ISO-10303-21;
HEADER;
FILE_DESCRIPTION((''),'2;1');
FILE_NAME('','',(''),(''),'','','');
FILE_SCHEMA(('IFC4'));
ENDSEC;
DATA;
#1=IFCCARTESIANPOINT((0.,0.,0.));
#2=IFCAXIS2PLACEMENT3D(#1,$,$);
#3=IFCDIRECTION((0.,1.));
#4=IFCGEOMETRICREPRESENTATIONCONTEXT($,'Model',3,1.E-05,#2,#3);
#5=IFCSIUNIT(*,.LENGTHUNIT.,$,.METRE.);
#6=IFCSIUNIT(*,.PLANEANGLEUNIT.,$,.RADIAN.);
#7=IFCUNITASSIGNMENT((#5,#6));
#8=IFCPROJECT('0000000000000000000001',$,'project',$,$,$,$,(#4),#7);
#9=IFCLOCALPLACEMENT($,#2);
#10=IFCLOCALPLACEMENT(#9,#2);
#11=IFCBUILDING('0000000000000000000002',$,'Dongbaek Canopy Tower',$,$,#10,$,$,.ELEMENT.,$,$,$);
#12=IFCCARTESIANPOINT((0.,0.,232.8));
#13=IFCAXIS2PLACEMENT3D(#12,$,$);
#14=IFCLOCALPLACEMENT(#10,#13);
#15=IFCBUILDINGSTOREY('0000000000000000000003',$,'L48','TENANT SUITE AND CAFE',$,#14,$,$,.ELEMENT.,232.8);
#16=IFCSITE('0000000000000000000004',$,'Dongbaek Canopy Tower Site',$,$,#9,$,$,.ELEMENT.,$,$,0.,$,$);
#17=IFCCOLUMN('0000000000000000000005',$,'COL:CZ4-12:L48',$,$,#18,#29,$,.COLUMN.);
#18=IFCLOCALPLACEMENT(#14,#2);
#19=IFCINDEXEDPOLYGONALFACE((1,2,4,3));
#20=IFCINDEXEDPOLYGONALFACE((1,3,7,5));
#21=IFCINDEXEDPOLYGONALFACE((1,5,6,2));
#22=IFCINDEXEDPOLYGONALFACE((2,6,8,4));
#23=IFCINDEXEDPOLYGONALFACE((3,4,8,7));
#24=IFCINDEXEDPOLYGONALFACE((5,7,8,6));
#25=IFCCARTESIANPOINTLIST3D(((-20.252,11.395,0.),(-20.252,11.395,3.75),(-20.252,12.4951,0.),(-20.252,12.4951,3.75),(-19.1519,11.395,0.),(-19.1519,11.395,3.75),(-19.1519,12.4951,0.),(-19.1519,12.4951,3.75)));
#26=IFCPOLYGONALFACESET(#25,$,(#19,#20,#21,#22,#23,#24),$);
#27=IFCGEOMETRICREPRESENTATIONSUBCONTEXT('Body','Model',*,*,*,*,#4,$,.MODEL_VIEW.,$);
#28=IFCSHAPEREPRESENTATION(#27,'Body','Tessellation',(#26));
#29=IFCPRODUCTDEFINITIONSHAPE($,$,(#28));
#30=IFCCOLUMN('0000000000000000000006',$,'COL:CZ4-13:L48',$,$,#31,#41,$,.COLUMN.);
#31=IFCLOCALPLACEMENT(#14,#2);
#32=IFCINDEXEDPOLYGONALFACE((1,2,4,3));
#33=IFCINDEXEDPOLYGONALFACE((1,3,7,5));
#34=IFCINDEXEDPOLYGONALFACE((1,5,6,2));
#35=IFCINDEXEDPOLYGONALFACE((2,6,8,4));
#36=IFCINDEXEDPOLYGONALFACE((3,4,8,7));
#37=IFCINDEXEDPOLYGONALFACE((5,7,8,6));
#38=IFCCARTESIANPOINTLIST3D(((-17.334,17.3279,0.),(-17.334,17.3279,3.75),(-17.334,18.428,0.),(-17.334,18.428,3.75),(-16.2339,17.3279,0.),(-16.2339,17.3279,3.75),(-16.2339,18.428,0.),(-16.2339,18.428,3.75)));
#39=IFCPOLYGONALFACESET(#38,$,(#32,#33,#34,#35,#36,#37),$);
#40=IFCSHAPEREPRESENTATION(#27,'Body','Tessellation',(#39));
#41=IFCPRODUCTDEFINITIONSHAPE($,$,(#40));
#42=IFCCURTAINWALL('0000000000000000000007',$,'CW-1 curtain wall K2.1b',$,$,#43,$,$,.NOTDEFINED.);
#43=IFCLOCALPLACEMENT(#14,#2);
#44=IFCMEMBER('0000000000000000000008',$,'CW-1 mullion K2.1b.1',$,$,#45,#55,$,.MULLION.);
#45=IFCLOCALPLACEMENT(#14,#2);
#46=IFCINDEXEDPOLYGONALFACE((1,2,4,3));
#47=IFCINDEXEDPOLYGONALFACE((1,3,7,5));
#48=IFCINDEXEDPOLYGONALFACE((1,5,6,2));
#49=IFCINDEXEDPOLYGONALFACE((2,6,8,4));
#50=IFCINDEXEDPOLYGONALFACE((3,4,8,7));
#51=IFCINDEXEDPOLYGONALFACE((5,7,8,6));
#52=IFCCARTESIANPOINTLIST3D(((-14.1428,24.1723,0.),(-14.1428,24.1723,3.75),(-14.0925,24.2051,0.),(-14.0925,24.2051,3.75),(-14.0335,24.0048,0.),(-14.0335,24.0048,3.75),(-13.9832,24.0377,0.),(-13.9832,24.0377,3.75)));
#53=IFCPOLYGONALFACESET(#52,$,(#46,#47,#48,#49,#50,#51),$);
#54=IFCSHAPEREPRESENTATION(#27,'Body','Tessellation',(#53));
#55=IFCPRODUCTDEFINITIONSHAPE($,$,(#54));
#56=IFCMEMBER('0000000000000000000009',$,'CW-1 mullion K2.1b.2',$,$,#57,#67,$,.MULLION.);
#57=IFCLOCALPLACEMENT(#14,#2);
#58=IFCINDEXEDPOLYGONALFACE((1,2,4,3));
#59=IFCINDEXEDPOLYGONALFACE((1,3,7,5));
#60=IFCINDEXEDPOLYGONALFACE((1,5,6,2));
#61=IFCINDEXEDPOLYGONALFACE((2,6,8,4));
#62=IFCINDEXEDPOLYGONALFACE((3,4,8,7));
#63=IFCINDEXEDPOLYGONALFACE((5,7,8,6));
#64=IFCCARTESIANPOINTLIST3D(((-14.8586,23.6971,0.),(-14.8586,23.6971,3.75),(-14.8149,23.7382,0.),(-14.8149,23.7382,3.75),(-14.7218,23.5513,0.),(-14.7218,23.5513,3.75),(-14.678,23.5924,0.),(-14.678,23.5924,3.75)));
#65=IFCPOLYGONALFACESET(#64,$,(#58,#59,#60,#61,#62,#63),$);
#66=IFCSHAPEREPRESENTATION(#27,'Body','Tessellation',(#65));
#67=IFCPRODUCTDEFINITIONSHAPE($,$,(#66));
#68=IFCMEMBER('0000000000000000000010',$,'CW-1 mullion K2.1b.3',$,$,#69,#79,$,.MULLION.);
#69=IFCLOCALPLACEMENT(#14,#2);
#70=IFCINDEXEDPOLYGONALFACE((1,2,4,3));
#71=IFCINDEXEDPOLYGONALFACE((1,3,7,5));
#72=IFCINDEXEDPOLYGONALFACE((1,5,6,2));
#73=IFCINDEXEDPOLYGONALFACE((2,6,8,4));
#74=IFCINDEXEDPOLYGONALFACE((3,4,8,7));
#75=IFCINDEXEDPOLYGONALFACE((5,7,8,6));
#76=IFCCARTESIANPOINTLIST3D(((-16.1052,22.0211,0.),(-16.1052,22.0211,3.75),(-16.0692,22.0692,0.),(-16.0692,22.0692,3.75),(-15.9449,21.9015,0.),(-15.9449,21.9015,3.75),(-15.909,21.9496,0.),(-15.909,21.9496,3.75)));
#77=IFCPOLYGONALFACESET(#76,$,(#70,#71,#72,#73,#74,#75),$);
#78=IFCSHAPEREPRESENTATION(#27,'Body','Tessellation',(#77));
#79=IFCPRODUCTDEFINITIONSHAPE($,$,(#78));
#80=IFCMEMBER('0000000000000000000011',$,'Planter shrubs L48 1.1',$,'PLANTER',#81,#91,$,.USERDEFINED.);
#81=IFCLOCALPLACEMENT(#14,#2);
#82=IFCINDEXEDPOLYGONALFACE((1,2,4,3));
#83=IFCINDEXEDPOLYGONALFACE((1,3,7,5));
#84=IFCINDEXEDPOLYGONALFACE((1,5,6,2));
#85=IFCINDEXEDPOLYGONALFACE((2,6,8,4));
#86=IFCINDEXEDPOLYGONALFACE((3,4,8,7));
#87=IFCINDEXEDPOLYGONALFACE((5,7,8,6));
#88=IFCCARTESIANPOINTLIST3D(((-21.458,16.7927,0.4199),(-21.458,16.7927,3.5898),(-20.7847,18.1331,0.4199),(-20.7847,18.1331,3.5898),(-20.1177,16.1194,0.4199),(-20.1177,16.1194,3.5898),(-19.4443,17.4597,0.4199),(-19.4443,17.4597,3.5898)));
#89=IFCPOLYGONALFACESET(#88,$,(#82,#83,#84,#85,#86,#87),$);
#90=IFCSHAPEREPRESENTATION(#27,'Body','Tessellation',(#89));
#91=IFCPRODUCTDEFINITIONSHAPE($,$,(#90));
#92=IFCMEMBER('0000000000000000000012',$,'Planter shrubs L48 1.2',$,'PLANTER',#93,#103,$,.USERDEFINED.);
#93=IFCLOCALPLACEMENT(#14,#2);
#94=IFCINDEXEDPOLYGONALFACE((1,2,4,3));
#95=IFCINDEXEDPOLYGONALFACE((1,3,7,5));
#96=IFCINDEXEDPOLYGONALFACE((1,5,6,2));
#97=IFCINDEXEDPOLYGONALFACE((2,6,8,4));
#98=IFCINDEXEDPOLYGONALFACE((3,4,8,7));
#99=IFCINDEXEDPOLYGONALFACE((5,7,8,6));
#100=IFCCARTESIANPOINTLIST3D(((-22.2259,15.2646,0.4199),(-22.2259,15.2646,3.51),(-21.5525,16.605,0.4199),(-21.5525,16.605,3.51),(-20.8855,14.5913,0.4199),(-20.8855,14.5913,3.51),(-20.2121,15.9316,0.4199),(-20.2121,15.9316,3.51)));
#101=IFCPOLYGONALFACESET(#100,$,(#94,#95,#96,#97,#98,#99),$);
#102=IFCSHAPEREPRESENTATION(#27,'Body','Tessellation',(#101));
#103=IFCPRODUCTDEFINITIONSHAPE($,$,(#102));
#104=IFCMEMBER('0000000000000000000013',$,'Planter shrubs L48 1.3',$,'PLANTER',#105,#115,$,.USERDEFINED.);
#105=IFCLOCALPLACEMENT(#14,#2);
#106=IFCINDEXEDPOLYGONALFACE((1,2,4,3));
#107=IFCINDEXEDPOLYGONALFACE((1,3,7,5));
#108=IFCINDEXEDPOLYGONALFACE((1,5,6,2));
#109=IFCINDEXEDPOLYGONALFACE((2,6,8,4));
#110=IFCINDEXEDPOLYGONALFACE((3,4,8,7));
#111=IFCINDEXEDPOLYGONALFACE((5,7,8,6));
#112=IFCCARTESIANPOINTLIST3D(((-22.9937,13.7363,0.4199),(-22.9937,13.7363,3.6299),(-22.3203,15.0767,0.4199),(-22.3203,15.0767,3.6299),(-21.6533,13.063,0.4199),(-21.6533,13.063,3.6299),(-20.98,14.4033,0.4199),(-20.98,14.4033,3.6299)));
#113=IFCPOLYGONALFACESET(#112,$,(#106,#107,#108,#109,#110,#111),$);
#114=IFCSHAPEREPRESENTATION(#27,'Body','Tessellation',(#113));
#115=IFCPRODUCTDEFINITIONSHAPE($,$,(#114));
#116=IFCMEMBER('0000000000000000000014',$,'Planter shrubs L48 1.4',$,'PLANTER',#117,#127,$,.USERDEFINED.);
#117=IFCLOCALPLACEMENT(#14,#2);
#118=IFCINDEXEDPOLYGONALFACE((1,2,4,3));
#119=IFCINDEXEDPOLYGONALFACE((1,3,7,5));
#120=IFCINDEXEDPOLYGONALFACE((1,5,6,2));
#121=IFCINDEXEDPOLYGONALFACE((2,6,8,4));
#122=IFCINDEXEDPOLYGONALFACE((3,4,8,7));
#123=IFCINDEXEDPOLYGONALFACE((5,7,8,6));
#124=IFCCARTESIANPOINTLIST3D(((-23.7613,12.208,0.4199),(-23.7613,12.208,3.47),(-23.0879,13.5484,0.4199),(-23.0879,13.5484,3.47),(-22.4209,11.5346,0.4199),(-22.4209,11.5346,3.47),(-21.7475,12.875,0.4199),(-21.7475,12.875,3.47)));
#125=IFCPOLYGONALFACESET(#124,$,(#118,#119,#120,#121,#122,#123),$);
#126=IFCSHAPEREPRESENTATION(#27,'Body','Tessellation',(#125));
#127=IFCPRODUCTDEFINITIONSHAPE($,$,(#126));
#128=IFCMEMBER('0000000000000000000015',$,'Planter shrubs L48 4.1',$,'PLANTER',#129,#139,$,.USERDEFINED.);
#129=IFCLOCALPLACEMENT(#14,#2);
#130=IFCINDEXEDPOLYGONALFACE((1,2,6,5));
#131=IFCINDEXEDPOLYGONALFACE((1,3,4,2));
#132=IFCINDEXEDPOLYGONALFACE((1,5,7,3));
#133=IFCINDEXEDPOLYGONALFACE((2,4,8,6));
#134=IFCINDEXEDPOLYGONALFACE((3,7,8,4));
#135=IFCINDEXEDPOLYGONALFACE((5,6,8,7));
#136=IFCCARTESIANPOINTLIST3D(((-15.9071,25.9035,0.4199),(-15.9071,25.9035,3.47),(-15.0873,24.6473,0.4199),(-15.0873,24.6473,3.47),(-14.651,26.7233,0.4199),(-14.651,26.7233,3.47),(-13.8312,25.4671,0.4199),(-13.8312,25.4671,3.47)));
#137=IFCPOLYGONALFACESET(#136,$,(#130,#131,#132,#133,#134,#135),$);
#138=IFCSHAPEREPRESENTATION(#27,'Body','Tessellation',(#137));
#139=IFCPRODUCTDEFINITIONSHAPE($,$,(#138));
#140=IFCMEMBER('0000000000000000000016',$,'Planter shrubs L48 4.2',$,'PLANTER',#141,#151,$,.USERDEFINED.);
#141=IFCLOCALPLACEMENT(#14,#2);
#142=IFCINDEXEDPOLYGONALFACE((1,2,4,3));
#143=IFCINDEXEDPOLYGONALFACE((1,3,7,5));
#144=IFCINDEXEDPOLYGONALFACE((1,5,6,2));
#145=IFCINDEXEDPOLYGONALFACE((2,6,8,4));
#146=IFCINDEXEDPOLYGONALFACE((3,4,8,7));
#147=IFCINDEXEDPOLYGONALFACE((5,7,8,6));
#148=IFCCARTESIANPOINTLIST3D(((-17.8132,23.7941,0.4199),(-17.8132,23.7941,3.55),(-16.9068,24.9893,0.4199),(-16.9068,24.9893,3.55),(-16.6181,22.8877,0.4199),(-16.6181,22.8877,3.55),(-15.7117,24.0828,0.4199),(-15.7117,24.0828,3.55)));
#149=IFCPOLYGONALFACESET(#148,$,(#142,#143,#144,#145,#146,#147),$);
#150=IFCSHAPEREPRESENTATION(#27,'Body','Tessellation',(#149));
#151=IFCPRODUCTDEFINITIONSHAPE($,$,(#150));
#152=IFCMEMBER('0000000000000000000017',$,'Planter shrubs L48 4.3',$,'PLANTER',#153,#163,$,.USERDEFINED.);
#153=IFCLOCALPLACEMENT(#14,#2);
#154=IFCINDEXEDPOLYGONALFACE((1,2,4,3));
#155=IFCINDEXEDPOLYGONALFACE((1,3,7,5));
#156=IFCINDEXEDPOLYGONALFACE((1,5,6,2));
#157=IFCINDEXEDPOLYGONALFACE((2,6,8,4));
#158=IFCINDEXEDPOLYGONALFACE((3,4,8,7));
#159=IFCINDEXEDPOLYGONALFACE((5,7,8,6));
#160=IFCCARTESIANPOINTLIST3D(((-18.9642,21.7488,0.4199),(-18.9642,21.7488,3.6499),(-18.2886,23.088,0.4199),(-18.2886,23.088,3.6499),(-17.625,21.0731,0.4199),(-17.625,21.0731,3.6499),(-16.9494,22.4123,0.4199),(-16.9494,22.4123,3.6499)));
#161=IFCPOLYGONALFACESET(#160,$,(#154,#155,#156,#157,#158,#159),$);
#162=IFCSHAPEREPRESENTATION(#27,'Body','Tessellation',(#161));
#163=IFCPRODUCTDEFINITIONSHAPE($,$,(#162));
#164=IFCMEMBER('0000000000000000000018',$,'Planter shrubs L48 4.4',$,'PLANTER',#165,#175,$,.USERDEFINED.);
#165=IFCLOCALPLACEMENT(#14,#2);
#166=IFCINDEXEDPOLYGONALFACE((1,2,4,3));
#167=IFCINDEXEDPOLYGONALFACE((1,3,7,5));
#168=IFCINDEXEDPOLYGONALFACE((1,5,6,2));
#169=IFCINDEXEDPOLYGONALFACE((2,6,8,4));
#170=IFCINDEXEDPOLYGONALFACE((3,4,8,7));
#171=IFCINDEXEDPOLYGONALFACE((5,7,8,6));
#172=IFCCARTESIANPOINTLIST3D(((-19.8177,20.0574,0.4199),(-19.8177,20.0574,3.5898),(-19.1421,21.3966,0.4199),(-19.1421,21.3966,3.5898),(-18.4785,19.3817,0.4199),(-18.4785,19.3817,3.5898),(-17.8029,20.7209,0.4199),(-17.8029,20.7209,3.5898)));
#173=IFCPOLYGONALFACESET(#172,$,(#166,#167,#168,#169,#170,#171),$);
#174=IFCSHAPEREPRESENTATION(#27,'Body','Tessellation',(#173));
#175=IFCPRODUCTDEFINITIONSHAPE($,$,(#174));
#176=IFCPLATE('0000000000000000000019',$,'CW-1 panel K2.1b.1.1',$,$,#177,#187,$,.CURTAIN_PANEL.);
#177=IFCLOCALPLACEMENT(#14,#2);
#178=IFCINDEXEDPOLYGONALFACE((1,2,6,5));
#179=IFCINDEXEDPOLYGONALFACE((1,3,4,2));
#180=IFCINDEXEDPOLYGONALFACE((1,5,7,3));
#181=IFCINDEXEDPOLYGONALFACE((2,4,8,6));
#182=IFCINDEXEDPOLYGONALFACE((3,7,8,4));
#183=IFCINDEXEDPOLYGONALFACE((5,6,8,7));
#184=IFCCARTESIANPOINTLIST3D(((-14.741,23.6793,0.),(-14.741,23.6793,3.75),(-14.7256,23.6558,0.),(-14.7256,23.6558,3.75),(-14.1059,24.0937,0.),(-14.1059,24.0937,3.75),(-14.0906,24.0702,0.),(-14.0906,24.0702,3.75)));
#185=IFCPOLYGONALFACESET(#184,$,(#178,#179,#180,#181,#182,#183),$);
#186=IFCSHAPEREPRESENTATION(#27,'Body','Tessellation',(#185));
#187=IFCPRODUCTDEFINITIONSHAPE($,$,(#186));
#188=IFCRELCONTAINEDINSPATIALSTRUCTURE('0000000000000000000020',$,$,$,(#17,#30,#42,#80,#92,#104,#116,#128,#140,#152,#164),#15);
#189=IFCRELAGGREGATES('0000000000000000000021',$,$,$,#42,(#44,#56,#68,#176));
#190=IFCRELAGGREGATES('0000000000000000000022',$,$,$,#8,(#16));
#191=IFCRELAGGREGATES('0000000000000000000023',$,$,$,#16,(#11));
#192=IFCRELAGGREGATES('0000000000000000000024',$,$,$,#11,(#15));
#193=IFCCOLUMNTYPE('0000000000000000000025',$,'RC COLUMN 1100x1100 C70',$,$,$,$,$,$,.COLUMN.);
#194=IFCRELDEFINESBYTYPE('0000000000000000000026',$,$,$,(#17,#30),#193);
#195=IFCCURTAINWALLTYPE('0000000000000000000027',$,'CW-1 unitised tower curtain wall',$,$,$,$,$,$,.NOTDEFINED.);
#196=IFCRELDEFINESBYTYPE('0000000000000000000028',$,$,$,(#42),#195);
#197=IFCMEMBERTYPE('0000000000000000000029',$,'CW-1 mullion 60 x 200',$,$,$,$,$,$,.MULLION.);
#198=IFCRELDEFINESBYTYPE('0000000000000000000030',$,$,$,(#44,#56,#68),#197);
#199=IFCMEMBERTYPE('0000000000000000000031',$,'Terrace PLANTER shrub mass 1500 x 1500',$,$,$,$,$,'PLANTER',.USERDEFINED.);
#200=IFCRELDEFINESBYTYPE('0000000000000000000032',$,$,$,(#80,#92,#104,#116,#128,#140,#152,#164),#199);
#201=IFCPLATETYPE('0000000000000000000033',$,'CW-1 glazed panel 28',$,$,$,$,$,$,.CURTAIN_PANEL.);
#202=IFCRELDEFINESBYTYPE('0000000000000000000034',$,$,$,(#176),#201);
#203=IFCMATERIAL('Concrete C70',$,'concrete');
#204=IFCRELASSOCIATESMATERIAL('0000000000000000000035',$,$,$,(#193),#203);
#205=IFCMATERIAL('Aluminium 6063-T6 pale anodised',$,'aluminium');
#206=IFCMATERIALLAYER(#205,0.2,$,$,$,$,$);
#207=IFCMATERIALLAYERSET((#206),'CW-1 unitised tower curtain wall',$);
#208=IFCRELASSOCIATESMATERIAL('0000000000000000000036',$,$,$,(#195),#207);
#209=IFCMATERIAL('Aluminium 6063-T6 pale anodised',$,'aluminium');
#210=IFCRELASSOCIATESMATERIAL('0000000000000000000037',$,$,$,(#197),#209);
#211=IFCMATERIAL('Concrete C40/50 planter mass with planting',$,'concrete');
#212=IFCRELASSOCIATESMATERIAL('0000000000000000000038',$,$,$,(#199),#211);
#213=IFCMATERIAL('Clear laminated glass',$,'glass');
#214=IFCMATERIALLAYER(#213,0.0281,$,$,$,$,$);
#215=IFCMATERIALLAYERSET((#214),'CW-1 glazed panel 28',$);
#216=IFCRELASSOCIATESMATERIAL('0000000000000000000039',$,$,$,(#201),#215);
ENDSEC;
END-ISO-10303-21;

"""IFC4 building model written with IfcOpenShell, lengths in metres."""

from ifc_helpers import new_model, si_unit, direction, frame, origin, origin_2d, place, context, subcontext, project, spatial, rectangle, extrude, material, layer, layer_set, material_profile, profile_set, type_object, element, aggregate, save


model = new_model("IFC4")

# Units and contexts
model_context = context("Model", 3, precision=1e-05, world=origin(), true_north=direction((0.0, 1.0)))
body_context = subcontext(model_context, "Body", "Model", "MODEL_VIEW")
ifc_project = project(units=[si_unit("LENGTHUNIT", "METRE"), si_unit("PLANEANGLEUNIT", "RADIAN")], contexts=[model_context])

# Site, building, storey
site_placement = place(None, origin())
site = spatial("IfcSite", under=ifc_project, at=site_placement, Name="Dongbaek Canopy Tower Site", CompositionType="ELEMENT", RefElevation=0.0)
building_placement = place(site_placement, origin())
building = spatial("IfcBuilding", under=site, at=building_placement, Name="Dongbaek Canopy Tower", CompositionType="ELEMENT")
storey_placement = place(building_placement, frame((0.0, 0.0, 232.8)))
storey = spatial("IfcBuildingStorey", under=building, at=storey_placement, Name="L48", Description="TENANT SUITE AND CAFE", CompositionType="ELEMENT", Elevation=232.8)

# Columns
ifc_material_1 = material(Name="Concrete C70", Category="concrete")
ifc_material_profile_1 = material_profile(ifc_material_1, rectangle(XDim=1.1001, YDim=1.1001, at=origin_2d()), Name="RC COLUMN 1100x1100 C70")
ifc_profile_set_1 = profile_set([ifc_material_profile_1], Name="Concrete C70")
column_type = type_object("IfcColumnType", Name="RC COLUMN 1100x1100 C70", PredefinedType="COLUMN", material=ifc_profile_set_1)
for number, where, z_axis, x_axis, name in (
    (1, (-19.7019, 11.9451, 0.0), (0.0, 0.0, 1.0), (1.0, 0.0, 0.0), "COL:CZ4-12:L48"),
    (2, (-16.7839, 17.8779, 0.0), (0.0, 0.0, 1.0), (1.0, 0.0, 0.0), "COL:CZ4-13:L48"),
):
    element("IfcColumn", number, at=place(storey_placement, frame(where, z_axis=z_axis, x_axis=x_axis)), inside=storey, type_object=column_type, Name=name, PredefinedType="COLUMN", context=body_context, shape_type="SweptSolid", body=[
        extrude(rectangle(XDim=1.1001, YDim=1.1001, at=origin_2d()), origin(), (0.0, 0.0, 1.0), 3.75),
    ])

# Curtain wall, members
ifc_material_2 = material(Name="Aluminium 6063-T6 pale anodised", Category="aluminium")
ifc_layer_1 = layer(ifc_material_2, 0.2)
ifc_layer_set_1 = layer_set([ifc_layer_1], Name="CW-1 unitised tower curtain wall")
curtain_wall_type = type_object("IfcCurtainWallType", Name="CW-1 unitised tower curtain wall", PredefinedType="NOTDEFINED", material=ifc_layer_set_1)
curtain_wall_placement = place(storey_placement, origin())
curtain_wall = element("IfcCurtainWall", 3, at=curtain_wall_placement, inside=storey, type_object=curtain_wall_type, Name="CW-1 curtain wall K2.1b", PredefinedType="NOTDEFINED")
ifc_material_3 = material(Name="Aluminium 6063-T6 pale anodised", Category="aluminium")
ifc_material_profile_2 = material_profile(ifc_material_3, rectangle(XDim=0.2, YDim=0.0601, at=origin_2d()), Name="CW-1 mullion 60 x 200")
ifc_profile_set_2 = profile_set([ifc_material_profile_2], Name="Aluminium 6063-T6 pale anodised")
member_type_1 = type_object("IfcMemberType", Name="CW-1 mullion 60 x 200", PredefinedType="MULLION", material=ifc_profile_set_2)
member_1_placement = place(storey_placement, frame((-14.063, 24.105, 0.0), z_axis=(0.0, 0.0, 1.0), x_axis=(-0.546537, 0.837435, 0.0)))
member_1 = element("IfcMember", 4, at=member_1_placement, type_object=member_type_1, Name="CW-1 mullion K2.1b.1", PredefinedType="MULLION", context=body_context, shape_type="SweptSolid", body=[
    extrude(rectangle(XDim=0.2, YDim=0.0601, at=origin_2d()), origin(), (0.0, 0.0, 1.0), 3.75),
])
member_2_placement = place(storey_placement, frame((-14.7683, 23.6448, 0.0), z_axis=(0.0, 0.0, 1.0), x_axis=(-0.684487, 0.729025, 0.0)))
member_2 = element("IfcMember", 5, at=member_2_placement, type_object=member_type_1, Name="CW-1 mullion K2.1b.2", PredefinedType="MULLION", context=body_context, shape_type="SweptSolid", body=[
    extrude(rectangle(XDim=0.2, YDim=0.0601, at=origin_2d()), origin(), (0.0, 0.0, 1.0), 3.75),
])
member_3_placement = place(storey_placement, frame((-16.0071, 21.9854, 0.0), z_axis=(0.0, 0.0, 1.0), x_axis=(-0.801366, 0.598174, 0.0)))
member_3 = element("IfcMember", 6, at=member_3_placement, type_object=member_type_1, Name="CW-1 mullion K2.1b.3", PredefinedType="MULLION", context=body_context, shape_type="SweptSolid", body=[
    extrude(rectangle(XDim=0.2, YDim=0.0601, at=origin_2d()), origin(), (0.0, 0.0, 1.0), 3.75),
])

# Members
ifc_material_4 = material(Name="Concrete C40/50 planter mass with planting", Category="concrete")
ifc_material_profile_3 = material_profile(ifc_material_4, rectangle(XDim=1.5, YDim=1.5, at=origin_2d()), Name="Terrace PLANTER shrub mass 1500 x 1500")
ifc_profile_set_3 = profile_set([ifc_material_profile_3], Name="Concrete C40/50 planter mass with planting")
member_type_2 = type_object("IfcMemberType", Name="Terrace PLANTER shrub mass 1500 x 1500", ElementType="PLANTER", PredefinedType="USERDEFINED", material=ifc_profile_set_3)
member_4_placement = place(storey_placement, frame((-20.4512, 17.1262, 0.4199), z_axis=(0.0, 0.0, 1.0), x_axis=(-0.893577, 0.448909, 0.0)))
element("IfcMember", 7, at=member_4_placement, inside=storey, type_object=member_type_2, Name="Planter shrubs L48 1.1", ObjectType="PLANTER", PredefinedType="USERDEFINED", context=body_context, shape_type="SweptSolid", body=[
    extrude(rectangle(XDim=1.5, YDim=1.5, at=origin_2d()), origin(), (0.0, 0.0, 1.0), 3.1699),
])
member_5_placement = place(storey_placement, frame((-21.219, 15.5981, 0.4199), z_axis=(0.0, 0.0, 1.0), x_axis=(-0.893577, 0.448909, 0.0)))
element("IfcMember", 8, at=member_5_placement, inside=storey, type_object=member_type_2, Name="Planter shrubs L48 1.2", ObjectType="PLANTER", PredefinedType="USERDEFINED", context=body_context, shape_type="SweptSolid", body=[
    extrude(rectangle(XDim=1.5, YDim=1.5, at=origin_2d()), origin(), (0.0, 0.0, 1.0), 3.0901),
])
member_6_placement = place(storey_placement, frame((-21.9868, 14.0698, 0.4199), z_axis=(0.0, 0.0, 1.0), x_axis=(-0.893577, 0.448909, 0.0)))
element("IfcMember", 9, at=member_6_placement, inside=storey, type_object=member_type_2, Name="Planter shrubs L48 1.3", ObjectType="PLANTER", PredefinedType="USERDEFINED", context=body_context, shape_type="SweptSolid", body=[
    extrude(rectangle(XDim=1.5, YDim=1.5, at=origin_2d()), origin(), (0.0, 0.0, 1.0), 3.21),
])
for number, where, z_axis, x_axis, name in (
    (10, (-22.7544, 12.5415, 0.4199), (0.0, 0.0, 1.0), (-0.893577, 0.448909, 0.0), "Planter shrubs L48 1.4"),
    (11, (-14.8691, 25.6853, 0.4199), (0.0, 0.0, 1.0), (-0.546537, 0.837435, 0.0), "Planter shrubs L48 4.1"),
):
    element("IfcMember", number, at=place(storey_placement, frame(where, z_axis=z_axis, x_axis=x_axis)), inside=storey, type_object=member_type_2, Name=name, ObjectType="PLANTER", PredefinedType="USERDEFINED", context=body_context, shape_type="SweptSolid", body=[
        extrude(rectangle(XDim=1.5, YDim=1.5, at=origin_2d()), origin(), (0.0, 0.0, 1.0), 3.05),
    ])
member_7_placement = place(storey_placement, frame((-16.7625, 23.9385, 0.4199), z_axis=(0.0, 0.0, 1.0), x_axis=(-0.796753, 0.604305, 0.0)))
element("IfcMember", 12, at=member_7_placement, inside=storey, type_object=member_type_2, Name="Planter shrubs L48 4.2", ObjectType="PLANTER", PredefinedType="USERDEFINED", context=body_context, shape_type="SweptSolid", body=[
    extrude(rectangle(XDim=1.5, YDim=1.5, at=origin_2d()), origin(), (0.0, 0.0, 1.0), 3.1301),
])
member_8_placement = place(storey_placement, frame((-17.9568, 22.0806, 0.4199), z_axis=(0.0, 0.0, 1.0), x_axis=(-0.892804, 0.450445, 0.0)))
element("IfcMember", 13, at=member_8_placement, inside=storey, type_object=member_type_2, Name="Planter shrubs L48 4.3", ObjectType="PLANTER", PredefinedType="USERDEFINED", context=body_context, shape_type="SweptSolid", body=[
    extrude(rectangle(XDim=1.5, YDim=1.5, at=origin_2d()), origin(), (0.0, 0.0, 1.0), 3.23),
])
member_9_placement = place(storey_placement, frame((-18.8103, 20.3892, 0.4199), z_axis=(0.0, 0.0, 1.0), x_axis=(-0.892804, 0.450445, 0.0)))
element("IfcMember", 14, at=member_9_placement, inside=storey, type_object=member_type_2, Name="Planter shrubs L48 4.4", ObjectType="PLANTER", PredefinedType="USERDEFINED", context=body_context, shape_type="SweptSolid", body=[
    extrude(rectangle(XDim=1.5, YDim=1.5, at=origin_2d()), origin(), (0.0, 0.0, 1.0), 3.1699),
])

# Plate
ifc_material_5 = material(Name="Clear laminated glass", Category="glass")
ifc_layer_2 = layer(ifc_material_5, 0.0281)
ifc_layer_set_2 = layer_set([ifc_layer_2], Name="CW-1 glazed panel 28")
plate_type = type_object("IfcPlateType", Name="CW-1 glazed panel 28", PredefinedType="CURTAIN_PANEL", material=ifc_layer_set_2)
plate_1_placement = place(storey_placement, frame((-14.4158, 23.8748, 0.0), z_axis=(0.0, 0.0, 1.0), x_axis=(-0.837435, -0.546537, 0.0)))
plate_1 = element("IfcPlate", 15, at=plate_1_placement, type_object=plate_type, Name="CW-1 panel K2.1b.1.1", PredefinedType="CURTAIN_PANEL", context=body_context, shape_type="SweptSolid", body=[
    extrude(rectangle(XDim=0.7583, YDim=0.0281, at=origin_2d()), origin(), (0.0, 0.0, 1.0), 3.75),
])
aggregate(curtain_wall, [member_1, member_2, member_3, plate_1])

save(model, "model.ifc")
